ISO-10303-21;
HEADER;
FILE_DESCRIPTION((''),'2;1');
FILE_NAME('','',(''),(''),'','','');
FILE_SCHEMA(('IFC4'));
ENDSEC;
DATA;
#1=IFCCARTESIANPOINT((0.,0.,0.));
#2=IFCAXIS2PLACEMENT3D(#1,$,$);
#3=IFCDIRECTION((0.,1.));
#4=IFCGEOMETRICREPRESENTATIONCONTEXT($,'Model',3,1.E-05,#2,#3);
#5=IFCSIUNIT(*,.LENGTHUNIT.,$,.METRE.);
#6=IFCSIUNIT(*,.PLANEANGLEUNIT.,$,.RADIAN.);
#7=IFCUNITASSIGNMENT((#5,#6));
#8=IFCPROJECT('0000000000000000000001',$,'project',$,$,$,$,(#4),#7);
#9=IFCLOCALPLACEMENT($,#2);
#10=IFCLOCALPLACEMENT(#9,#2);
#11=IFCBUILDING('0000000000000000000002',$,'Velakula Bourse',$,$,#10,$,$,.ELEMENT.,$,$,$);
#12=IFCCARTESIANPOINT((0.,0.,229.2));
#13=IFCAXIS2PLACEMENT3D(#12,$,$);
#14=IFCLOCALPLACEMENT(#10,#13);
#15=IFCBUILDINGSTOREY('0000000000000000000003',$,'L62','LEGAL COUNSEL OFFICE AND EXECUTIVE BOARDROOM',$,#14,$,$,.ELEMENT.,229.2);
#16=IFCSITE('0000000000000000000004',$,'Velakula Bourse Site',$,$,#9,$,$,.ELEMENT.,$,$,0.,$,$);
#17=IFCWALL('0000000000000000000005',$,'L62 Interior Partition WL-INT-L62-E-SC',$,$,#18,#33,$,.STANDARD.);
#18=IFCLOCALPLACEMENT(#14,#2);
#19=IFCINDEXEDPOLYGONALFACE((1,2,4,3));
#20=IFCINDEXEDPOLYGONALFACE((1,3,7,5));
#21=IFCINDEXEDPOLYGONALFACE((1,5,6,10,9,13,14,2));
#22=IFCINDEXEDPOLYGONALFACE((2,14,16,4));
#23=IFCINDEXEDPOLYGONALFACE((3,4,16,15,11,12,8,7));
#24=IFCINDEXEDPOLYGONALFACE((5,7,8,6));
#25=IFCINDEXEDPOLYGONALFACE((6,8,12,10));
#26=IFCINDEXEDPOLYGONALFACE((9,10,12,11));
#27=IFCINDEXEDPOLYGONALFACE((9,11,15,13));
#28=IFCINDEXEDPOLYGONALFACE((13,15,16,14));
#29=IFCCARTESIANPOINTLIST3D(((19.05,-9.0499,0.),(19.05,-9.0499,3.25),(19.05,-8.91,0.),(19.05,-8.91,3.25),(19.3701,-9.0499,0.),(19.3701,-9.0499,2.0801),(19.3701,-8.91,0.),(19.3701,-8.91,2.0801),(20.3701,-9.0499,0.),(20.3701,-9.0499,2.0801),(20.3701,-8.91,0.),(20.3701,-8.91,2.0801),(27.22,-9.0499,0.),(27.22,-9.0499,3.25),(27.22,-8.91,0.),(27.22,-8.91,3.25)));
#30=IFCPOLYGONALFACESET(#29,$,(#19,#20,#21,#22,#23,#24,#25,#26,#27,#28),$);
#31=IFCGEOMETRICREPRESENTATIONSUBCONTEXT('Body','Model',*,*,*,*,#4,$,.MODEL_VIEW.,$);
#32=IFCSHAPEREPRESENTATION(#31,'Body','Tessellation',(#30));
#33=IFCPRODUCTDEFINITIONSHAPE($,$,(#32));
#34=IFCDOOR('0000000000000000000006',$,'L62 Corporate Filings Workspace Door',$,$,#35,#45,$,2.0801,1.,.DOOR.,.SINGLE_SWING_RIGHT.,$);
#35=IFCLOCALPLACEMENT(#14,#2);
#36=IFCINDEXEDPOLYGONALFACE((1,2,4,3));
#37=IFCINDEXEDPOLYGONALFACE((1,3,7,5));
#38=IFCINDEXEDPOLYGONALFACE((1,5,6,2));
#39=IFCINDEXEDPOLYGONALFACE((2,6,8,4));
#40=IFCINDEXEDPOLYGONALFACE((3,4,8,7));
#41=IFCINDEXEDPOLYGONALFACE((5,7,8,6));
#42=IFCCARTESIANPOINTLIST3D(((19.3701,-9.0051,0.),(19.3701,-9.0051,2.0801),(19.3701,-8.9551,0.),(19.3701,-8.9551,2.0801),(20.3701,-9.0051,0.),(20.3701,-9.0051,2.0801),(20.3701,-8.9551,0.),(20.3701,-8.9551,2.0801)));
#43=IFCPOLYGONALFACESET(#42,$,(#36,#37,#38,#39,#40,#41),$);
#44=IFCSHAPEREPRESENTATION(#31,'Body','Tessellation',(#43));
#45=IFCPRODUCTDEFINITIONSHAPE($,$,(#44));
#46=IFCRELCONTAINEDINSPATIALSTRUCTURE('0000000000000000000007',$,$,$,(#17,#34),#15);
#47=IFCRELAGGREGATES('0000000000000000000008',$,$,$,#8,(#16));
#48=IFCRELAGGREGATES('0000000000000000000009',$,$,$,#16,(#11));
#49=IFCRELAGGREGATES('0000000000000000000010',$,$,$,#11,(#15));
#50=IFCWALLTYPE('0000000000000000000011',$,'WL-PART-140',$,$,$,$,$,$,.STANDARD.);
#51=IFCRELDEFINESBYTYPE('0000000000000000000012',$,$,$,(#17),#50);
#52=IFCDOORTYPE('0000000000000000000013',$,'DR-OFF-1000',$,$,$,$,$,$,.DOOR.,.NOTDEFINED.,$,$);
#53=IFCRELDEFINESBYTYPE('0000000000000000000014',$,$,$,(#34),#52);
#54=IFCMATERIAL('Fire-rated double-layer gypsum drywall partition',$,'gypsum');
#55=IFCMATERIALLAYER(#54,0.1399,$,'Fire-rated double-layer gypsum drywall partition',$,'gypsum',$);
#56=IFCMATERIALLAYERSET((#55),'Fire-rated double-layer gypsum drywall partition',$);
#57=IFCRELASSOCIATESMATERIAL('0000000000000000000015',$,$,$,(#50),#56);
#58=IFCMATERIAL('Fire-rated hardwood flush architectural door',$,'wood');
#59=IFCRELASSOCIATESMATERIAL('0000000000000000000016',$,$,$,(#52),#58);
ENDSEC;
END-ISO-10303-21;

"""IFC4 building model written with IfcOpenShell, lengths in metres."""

from ifc_helpers import new_model, si_unit, direction, frame, frame_2d, origin, place, context, subcontext, project, spatial, rectangle, extrude, material, layer, layer_set, type_object, element, fill, save


model = new_model("IFC4")

# Units and contexts
model_context = context("Model", 3, precision=1e-05, world=origin(), true_north=direction((0.0, 1.0)))
body_context = subcontext(model_context, "Body", "Model", "MODEL_VIEW")
ifc_project = project(units=[si_unit("LENGTHUNIT", "METRE"), si_unit("PLANEANGLEUNIT", "RADIAN")], contexts=[model_context])

# Site, building, storey
site_placement = place(None, origin())
site = spatial("IfcSite", under=ifc_project, at=site_placement, Name="Velakula Bourse Site", CompositionType="ELEMENT", RefElevation=0.0)
building_placement = place(site_placement, origin())
building = spatial("IfcBuilding", under=site, at=building_placement, Name="Velakula Bourse", CompositionType="ELEMENT")
storey_placement = place(building_placement, frame((0.0, 0.0, 229.2)))
storey = spatial("IfcBuildingStorey", under=building, at=storey_placement, Name="L62", Description="LEGAL COUNSEL OFFICE AND EXECUTIVE BOARDROOM", CompositionType="ELEMENT", Elevation=229.2)

# Wall, opening, door
ifc_material_1 = material(Name="Fire-rated double-layer gypsum drywall partition", Category="gypsum")
ifc_layer_1 = layer(ifc_material_1, 0.1399, Name="Fire-rated double-layer gypsum drywall partition", Category="gypsum")
ifc_layer_set_1 = layer_set([ifc_layer_1], Name="Fire-rated double-layer gypsum drywall partition")
wall_type_1 = type_object("IfcWallType", Name="WL-PART-140", PredefinedType="STANDARD", material=ifc_layer_set_1)
wall_1_placement = place(storey_placement, frame((19.05, -8.98, 0.0), z_axis=(0.0, 0.0, 1.0), x_axis=(1.0, 0.0, 0.0)))
wall_1 = element("IfcWall", 1, at=wall_1_placement, inside=storey, type_object=wall_type_1, Name="L62 Interior Partition WL-INT-L62-E-SC", PredefinedType="STANDARD", context=body_context, shape_type="SweptSolid", body=[
    extrude(rectangle(XDim=8.1699, YDim=0.1399, at=frame_2d((4.085, 0.0))), origin(), (0.0, 0.0, 1.0), 3.25),
])
opening_placement = place(wall_1_placement, frame((0.3201, 0.0, 0.0)))
opening = element("IfcOpeningElement", 2, at=opening_placement, cuts=wall_1, PredefinedType="OPENING", context=body_context, shape_type="SweptSolid", body=[
    extrude(rectangle(XDim=1.0, YDim=2.0801, at=frame_2d((0.5, 1.04))), frame((0.0, 0.0798, 0.0), z_axis=(0.0, -1.0, 0.0), x_axis=(1.0, 0.0, 0.0)), (0.0, 0.0, 1.0), 0.1599),
])
ifc_material_2 = material(Name="Fire-rated hardwood flush architectural door", Category="wood")
door_type = type_object("IfcDoorType", Name="DR-OFF-1000", OperationType="NOTDEFINED", PredefinedType="DOOR", material=ifc_material_2)
door_placement = place(opening_placement, origin())
door = element("IfcDoor", 3, at=door_placement, inside=storey, type_object=door_type, Name="L62 Corporate Filings Workspace Door", OperationType="SINGLE_SWING_RIGHT", OverallHeight=2.0801, OverallWidth=1.0, PredefinedType="DOOR", context=body_context, shape_type="SweptSolid", body=[
    extrude(rectangle(XDim=1.0, YDim=2.0801, at=frame_2d((0.5, 1.04))), frame((0.0, 0.0249, 0.0), z_axis=(0.0, -1.0, 0.0), x_axis=(1.0, 0.0, 0.0)), (0.0, 0.0, 1.0), 0.05),
])
fill(opening, door)

save(model, "model.ifc")
